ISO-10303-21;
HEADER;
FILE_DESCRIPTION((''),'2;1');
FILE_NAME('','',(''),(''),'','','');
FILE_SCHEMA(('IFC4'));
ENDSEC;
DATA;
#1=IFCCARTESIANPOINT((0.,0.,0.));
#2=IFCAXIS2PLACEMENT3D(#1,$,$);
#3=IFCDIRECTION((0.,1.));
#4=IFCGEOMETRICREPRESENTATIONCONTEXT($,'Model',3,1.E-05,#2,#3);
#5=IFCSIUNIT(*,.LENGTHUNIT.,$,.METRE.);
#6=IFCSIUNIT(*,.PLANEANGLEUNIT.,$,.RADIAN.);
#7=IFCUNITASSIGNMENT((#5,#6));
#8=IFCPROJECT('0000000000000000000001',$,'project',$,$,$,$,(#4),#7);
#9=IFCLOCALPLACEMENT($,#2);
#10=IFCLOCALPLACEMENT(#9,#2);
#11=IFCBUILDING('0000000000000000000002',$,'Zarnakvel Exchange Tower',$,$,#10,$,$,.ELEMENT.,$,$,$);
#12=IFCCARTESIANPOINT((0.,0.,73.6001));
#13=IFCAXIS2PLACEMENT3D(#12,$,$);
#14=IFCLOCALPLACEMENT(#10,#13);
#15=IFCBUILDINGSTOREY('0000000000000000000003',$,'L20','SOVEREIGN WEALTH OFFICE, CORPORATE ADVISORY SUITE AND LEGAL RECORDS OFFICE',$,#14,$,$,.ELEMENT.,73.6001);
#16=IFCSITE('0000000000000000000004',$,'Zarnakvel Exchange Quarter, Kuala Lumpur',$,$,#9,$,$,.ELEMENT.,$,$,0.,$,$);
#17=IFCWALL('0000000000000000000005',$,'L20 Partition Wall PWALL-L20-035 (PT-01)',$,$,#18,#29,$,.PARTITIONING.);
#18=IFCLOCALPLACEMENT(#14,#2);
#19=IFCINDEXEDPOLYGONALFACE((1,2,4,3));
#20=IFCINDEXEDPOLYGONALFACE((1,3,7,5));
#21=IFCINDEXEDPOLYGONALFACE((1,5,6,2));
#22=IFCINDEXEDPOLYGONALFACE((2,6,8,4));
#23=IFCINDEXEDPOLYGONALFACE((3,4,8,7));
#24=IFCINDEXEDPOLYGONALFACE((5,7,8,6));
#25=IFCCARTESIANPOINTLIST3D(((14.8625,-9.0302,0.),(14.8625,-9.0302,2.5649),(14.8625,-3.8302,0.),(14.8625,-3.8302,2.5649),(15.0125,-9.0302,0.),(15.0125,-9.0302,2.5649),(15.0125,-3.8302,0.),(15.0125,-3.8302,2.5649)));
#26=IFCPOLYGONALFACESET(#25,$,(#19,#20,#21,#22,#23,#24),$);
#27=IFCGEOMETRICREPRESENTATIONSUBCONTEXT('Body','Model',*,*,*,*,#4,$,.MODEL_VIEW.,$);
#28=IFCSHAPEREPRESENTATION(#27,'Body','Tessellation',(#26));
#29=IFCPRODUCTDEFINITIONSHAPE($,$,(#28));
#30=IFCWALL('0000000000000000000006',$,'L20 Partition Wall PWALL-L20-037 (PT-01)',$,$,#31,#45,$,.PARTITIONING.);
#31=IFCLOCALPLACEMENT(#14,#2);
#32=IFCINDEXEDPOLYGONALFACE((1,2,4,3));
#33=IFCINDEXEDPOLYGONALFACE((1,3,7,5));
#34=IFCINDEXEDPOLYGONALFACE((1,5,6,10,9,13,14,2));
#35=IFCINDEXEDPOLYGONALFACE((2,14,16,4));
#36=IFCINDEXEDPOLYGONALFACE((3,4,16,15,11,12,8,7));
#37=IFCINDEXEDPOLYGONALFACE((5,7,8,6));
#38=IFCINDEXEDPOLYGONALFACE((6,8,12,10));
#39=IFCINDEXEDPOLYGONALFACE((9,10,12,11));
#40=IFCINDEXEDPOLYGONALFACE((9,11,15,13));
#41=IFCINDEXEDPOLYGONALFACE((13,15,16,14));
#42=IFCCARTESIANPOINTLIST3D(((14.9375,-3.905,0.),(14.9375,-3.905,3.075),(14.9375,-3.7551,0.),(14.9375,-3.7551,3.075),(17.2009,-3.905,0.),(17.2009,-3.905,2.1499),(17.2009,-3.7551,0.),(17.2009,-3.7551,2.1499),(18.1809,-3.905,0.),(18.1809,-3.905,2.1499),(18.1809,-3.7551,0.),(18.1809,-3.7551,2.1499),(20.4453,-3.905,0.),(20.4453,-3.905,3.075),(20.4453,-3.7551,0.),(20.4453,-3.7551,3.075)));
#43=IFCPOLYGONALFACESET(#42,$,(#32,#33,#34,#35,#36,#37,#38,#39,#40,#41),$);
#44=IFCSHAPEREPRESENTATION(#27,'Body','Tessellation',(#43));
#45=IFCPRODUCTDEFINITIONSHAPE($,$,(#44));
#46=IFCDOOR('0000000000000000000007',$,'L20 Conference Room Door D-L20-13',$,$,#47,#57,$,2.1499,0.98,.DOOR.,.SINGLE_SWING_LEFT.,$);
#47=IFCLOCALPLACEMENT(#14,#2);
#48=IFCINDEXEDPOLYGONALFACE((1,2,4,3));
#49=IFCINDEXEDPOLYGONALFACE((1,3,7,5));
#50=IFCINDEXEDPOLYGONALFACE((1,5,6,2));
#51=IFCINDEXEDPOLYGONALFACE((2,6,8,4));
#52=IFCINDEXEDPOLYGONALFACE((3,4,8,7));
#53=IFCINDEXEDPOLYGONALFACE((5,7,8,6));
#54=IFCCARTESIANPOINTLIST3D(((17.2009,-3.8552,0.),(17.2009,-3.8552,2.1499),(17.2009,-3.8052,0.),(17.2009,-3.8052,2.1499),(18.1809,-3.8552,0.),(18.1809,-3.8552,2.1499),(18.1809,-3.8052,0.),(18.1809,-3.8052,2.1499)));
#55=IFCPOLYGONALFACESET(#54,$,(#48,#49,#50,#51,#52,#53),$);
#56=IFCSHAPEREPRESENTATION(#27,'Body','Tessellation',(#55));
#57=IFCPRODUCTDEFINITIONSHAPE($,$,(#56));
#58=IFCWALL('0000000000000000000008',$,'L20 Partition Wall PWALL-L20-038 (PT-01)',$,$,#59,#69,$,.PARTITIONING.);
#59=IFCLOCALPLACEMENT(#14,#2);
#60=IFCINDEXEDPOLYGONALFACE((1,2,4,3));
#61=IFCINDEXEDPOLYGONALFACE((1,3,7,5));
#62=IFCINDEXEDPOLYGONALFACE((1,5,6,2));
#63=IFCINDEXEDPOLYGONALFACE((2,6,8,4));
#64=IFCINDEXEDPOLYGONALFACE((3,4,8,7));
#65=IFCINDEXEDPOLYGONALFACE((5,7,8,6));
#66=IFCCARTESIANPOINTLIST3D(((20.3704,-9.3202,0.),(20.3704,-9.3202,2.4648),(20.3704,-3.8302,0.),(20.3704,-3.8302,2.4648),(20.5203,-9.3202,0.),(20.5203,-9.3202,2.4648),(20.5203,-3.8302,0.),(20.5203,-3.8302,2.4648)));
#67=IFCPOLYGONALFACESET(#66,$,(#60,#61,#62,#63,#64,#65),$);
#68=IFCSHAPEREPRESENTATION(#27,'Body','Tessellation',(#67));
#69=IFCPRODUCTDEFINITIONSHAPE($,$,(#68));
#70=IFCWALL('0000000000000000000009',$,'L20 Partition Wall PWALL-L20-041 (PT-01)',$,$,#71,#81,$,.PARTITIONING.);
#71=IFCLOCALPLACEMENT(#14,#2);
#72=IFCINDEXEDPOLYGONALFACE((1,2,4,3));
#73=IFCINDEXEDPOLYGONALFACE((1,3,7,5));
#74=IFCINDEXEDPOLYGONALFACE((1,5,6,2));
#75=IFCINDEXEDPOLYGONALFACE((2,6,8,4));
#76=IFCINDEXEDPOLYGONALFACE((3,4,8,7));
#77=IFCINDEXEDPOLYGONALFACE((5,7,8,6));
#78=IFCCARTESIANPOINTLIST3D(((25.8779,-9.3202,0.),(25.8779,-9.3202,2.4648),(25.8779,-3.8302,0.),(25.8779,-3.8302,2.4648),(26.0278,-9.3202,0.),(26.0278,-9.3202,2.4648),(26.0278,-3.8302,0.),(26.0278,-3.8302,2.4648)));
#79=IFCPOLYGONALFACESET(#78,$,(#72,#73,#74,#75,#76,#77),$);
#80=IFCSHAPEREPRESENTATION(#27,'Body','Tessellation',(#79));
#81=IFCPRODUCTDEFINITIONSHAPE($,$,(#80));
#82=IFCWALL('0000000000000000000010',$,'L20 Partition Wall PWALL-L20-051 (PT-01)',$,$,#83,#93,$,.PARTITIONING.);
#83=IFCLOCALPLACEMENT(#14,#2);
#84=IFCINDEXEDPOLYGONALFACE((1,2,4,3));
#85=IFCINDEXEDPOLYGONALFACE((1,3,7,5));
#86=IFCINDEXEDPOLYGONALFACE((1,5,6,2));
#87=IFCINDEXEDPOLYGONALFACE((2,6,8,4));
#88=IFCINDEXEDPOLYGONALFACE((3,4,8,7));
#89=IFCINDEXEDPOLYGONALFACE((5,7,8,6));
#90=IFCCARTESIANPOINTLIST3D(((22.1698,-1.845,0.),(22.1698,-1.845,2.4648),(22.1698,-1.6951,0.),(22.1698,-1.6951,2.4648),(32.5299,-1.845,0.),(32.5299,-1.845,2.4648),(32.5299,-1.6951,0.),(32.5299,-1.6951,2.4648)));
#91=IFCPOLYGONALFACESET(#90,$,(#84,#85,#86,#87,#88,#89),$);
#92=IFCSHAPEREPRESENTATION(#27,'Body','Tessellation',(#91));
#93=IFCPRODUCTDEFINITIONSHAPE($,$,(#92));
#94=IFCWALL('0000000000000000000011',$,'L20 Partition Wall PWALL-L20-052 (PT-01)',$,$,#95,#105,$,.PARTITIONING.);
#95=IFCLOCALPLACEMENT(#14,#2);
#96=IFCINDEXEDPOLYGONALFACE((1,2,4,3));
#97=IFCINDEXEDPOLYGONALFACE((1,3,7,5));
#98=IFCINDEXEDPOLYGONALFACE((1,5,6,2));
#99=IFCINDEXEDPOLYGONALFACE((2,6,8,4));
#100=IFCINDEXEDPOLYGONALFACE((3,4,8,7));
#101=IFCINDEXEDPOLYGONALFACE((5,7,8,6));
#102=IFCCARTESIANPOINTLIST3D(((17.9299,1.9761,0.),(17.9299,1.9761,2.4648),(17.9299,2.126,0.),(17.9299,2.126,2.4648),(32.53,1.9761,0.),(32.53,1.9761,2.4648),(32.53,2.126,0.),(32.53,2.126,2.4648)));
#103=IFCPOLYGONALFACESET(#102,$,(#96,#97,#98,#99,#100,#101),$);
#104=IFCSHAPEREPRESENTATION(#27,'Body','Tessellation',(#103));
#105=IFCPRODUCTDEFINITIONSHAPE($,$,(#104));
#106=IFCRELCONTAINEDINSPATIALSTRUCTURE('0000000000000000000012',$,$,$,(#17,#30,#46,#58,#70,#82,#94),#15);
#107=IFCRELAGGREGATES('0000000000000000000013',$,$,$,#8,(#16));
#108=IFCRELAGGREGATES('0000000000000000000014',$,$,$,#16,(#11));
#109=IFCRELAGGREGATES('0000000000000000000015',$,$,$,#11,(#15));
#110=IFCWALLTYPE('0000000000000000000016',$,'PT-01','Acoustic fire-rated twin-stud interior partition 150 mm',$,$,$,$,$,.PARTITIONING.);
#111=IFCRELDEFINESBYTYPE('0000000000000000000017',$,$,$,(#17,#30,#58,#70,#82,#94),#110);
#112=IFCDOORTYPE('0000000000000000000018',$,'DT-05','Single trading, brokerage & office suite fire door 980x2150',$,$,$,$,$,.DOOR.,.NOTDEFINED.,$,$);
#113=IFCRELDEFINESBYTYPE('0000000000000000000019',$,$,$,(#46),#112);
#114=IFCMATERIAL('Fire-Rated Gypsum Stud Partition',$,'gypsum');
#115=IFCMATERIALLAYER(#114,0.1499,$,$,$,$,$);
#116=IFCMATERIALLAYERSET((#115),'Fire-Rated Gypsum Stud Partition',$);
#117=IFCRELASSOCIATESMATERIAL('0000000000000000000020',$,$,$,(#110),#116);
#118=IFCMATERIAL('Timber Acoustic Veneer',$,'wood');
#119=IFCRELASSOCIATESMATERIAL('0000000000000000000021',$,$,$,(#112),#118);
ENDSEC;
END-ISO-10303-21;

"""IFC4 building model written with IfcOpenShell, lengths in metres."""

from ifc_helpers import new_model, si_unit, direction, frame, frame_2d, origin, place, context, subcontext, project, spatial, rectangle, extrude, source, transform, mapped, material, layer, layer_set, type_object, element, fill, save


model = new_model("IFC4")

# Units and contexts
model_context = context("Model", 3, precision=1e-05, world=origin(), true_north=direction((0.0, 1.0)))
body_context = subcontext(model_context, "Body", "Model", "MODEL_VIEW")
ifc_project = project(units=[si_unit("LENGTHUNIT", "METRE"), si_unit("PLANEANGLEUNIT", "RADIAN")], contexts=[model_context])

# Site, building, storey
site_placement = place(None, origin())
site = spatial("IfcSite", under=ifc_project, at=site_placement, Name="Zarnakvel Exchange Quarter, Kuala Lumpur", CompositionType="ELEMENT", RefElevation=0.0)
building_placement = place(site_placement, origin())
building = spatial("IfcBuilding", under=site, at=building_placement, Name="Zarnakvel Exchange Tower", CompositionType="ELEMENT")
storey_placement = place(building_placement, frame((0.0, 0.0, 73.6001)))
storey = spatial("IfcBuildingStorey", under=building, at=storey_placement, Name="L20", Description="SOVEREIGN WEALTH OFFICE, CORPORATE ADVISORY SUITE AND LEGAL RECORDS OFFICE", CompositionType="ELEMENT", Elevation=73.6001)

# Wall
ifc_material_1 = material(Name="Fire-Rated Gypsum Stud Partition", Category="gypsum")
ifc_layer_1 = layer(ifc_material_1, 0.1499)
ifc_layer_set_1 = layer_set([ifc_layer_1], Name="Fire-Rated Gypsum Stud Partition")
wall_type_1 = type_object("IfcWallType", Name="PT-01", Description="Acoustic fire-rated twin-stud interior partition 150 mm", PredefinedType="PARTITIONING", material=ifc_layer_set_1)
wall_1_placement = place(storey_placement, frame((14.9375, -3.8301, 0.0), z_axis=(0.0, 0.0, 1.0), x_axis=(0.0, -1.0, 0.0)))
element("IfcWall", 1, at=wall_1_placement, inside=storey, type_object=wall_type_1, Name="L20 Partition Wall PWALL-L20-035 (PT-01)", PredefinedType="PARTITIONING", context=body_context, shape_type="SweptSolid", body=[
    extrude(rectangle(XDim=5.2, YDim=0.1499, at=frame_2d((2.6001, 0.0))), origin(), (0.0, 0.0, 1.0), 2.5649),
])

# Wall, opening, door
wall_2_placement = place(storey_placement, frame((14.9375, -3.8301, 0.0), z_axis=(0.0, 0.0, 1.0), x_axis=(1.0, 0.0, 0.0)))
wall_2 = element("IfcWall", 2, at=wall_2_placement, inside=storey, type_object=wall_type_1, Name="L20 Partition Wall PWALL-L20-037 (PT-01)", PredefinedType="PARTITIONING", context=body_context, shape_type="SweptSolid", body=[
    extrude(rectangle(XDim=5.5078, YDim=0.1499, at=frame_2d((2.7539, 0.0))), origin(), (0.0, 0.0, 1.0), 3.075),
])
opening_1_placement = place(wall_2_placement, frame((2.2634, 0.0, 0.0)))
opening_1 = element("IfcOpeningElement", 3, at=opening_1_placement, cuts=wall_2, PredefinedType="OPENING", context=body_context, shape_type="SweptSolid", body=[
    extrude(rectangle(XDim=0.98, YDim=2.1499, at=frame_2d((0.49, 1.075))), frame((0.0, 0.085, 0.0), z_axis=(0.0, -1.0, 0.0), x_axis=(1.0, 0.0, 0.0)), (0.0, 0.0, 1.0), 0.1699),
])
ifc_material_2 = material(Name="Timber Acoustic Veneer", Category="wood")
door_type = type_object("IfcDoorType", Name="DT-05", Description="Single trading, brokerage & office suite fire door 980x2150", OperationType="NOTDEFINED", PredefinedType="DOOR", material=ifc_material_2)
shared_shape_1 = source(origin(), body_context, "Body", "SweptSolid", [
    extrude(rectangle(XDim=0.98, YDim=2.1499, at=frame_2d((0.49, 1.075))), frame((0.0, 0.0249, 0.0), z_axis=(0.0, -1.0, 0.0), x_axis=(1.0, 0.0, 0.0)), (0.0, 0.0, 1.0), 0.05),
])
door_1_placement = place(opening_1_placement, origin())
door_1 = element("IfcDoor", 4, at=door_1_placement, inside=storey, type_object=door_type, Name="L20 Conference Room Door D-L20-13", OperationType="SINGLE_SWING_LEFT", OverallHeight=2.1499, OverallWidth=0.98, PredefinedType="DOOR", context=body_context, shape_type="MappedRepresentation", body=[
    mapped(shared_shape_1, transform((0.0, 0.0, 0.0), x_axis=(1.0, 0.0, 0.0), y_axis=(0.0, 1.0, 0.0), z_axis=(0.0, 0.0, 1.0), scale=1.0)),
])
fill(opening_1, door_1)

# Wall
wall_3_placement = place(storey_placement, frame((20.4453, -3.8301, 0.0), z_axis=(0.0, 0.0, 1.0), x_axis=(0.0, -1.0, 0.0)))
element("IfcWall", 5, at=wall_3_placement, inside=storey, type_object=wall_type_1, Name="L20 Partition Wall PWALL-L20-038 (PT-01)", PredefinedType="PARTITIONING", context=body_context, shape_type="SweptSolid", body=[
    extrude(rectangle(XDim=5.49, YDim=0.1499, at=frame_2d((2.7451, 0.0))), origin(), (0.0, 0.0, 1.0), 2.4648),
])

# Walls
wall_4_placement = place(storey_placement, frame((25.9529, -3.8301, 0.0), z_axis=(0.0, 0.0, 1.0), x_axis=(0.0, -1.0, 0.0)))
element("IfcWall", 6, at=wall_4_placement, inside=storey, type_object=wall_type_1, Name="L20 Partition Wall PWALL-L20-041 (PT-01)", PredefinedType="PARTITIONING", context=body_context, shape_type="SweptSolid", body=[
    extrude(rectangle(XDim=5.49, YDim=0.1499, at=frame_2d((2.7451, 0.0))), origin(), (0.0, 0.0, 1.0), 2.4648),
])
wall_5_placement = place(storey_placement, frame((32.53, -1.77, 0.0), z_axis=(0.0, 0.0, 1.0), x_axis=(-1.0, 0.0, 0.0)))
element("IfcWall", 7, at=wall_5_placement, inside=storey, type_object=wall_type_1, Name="L20 Partition Wall PWALL-L20-051 (PT-01)", PredefinedType="PARTITIONING", context=body_context, shape_type="SweptSolid", body=[
    extrude(rectangle(XDim=10.3601, YDim=0.1499, at=frame_2d((5.1802, 0.0))), origin(), (0.0, 0.0, 1.0), 2.4648),
])
wall_6_placement = place(storey_placement, frame((17.9299, 2.051, 0.0), z_axis=(0.0, 0.0, 1.0), x_axis=(1.0, 0.0, 0.0)))
element("IfcWall", 8, at=wall_6_placement, inside=storey, type_object=wall_type_1, Name="L20 Partition Wall PWALL-L20-052 (PT-01)", PredefinedType="PARTITIONING", context=body_context, shape_type="SweptSolid", body=[
    extrude(rectangle(XDim=14.6001, YDim=0.1499, at=frame_2d((7.3, 0.0))), origin(), (0.0, 0.0, 1.0), 2.4648),
])

save(model, "model.ifc")
